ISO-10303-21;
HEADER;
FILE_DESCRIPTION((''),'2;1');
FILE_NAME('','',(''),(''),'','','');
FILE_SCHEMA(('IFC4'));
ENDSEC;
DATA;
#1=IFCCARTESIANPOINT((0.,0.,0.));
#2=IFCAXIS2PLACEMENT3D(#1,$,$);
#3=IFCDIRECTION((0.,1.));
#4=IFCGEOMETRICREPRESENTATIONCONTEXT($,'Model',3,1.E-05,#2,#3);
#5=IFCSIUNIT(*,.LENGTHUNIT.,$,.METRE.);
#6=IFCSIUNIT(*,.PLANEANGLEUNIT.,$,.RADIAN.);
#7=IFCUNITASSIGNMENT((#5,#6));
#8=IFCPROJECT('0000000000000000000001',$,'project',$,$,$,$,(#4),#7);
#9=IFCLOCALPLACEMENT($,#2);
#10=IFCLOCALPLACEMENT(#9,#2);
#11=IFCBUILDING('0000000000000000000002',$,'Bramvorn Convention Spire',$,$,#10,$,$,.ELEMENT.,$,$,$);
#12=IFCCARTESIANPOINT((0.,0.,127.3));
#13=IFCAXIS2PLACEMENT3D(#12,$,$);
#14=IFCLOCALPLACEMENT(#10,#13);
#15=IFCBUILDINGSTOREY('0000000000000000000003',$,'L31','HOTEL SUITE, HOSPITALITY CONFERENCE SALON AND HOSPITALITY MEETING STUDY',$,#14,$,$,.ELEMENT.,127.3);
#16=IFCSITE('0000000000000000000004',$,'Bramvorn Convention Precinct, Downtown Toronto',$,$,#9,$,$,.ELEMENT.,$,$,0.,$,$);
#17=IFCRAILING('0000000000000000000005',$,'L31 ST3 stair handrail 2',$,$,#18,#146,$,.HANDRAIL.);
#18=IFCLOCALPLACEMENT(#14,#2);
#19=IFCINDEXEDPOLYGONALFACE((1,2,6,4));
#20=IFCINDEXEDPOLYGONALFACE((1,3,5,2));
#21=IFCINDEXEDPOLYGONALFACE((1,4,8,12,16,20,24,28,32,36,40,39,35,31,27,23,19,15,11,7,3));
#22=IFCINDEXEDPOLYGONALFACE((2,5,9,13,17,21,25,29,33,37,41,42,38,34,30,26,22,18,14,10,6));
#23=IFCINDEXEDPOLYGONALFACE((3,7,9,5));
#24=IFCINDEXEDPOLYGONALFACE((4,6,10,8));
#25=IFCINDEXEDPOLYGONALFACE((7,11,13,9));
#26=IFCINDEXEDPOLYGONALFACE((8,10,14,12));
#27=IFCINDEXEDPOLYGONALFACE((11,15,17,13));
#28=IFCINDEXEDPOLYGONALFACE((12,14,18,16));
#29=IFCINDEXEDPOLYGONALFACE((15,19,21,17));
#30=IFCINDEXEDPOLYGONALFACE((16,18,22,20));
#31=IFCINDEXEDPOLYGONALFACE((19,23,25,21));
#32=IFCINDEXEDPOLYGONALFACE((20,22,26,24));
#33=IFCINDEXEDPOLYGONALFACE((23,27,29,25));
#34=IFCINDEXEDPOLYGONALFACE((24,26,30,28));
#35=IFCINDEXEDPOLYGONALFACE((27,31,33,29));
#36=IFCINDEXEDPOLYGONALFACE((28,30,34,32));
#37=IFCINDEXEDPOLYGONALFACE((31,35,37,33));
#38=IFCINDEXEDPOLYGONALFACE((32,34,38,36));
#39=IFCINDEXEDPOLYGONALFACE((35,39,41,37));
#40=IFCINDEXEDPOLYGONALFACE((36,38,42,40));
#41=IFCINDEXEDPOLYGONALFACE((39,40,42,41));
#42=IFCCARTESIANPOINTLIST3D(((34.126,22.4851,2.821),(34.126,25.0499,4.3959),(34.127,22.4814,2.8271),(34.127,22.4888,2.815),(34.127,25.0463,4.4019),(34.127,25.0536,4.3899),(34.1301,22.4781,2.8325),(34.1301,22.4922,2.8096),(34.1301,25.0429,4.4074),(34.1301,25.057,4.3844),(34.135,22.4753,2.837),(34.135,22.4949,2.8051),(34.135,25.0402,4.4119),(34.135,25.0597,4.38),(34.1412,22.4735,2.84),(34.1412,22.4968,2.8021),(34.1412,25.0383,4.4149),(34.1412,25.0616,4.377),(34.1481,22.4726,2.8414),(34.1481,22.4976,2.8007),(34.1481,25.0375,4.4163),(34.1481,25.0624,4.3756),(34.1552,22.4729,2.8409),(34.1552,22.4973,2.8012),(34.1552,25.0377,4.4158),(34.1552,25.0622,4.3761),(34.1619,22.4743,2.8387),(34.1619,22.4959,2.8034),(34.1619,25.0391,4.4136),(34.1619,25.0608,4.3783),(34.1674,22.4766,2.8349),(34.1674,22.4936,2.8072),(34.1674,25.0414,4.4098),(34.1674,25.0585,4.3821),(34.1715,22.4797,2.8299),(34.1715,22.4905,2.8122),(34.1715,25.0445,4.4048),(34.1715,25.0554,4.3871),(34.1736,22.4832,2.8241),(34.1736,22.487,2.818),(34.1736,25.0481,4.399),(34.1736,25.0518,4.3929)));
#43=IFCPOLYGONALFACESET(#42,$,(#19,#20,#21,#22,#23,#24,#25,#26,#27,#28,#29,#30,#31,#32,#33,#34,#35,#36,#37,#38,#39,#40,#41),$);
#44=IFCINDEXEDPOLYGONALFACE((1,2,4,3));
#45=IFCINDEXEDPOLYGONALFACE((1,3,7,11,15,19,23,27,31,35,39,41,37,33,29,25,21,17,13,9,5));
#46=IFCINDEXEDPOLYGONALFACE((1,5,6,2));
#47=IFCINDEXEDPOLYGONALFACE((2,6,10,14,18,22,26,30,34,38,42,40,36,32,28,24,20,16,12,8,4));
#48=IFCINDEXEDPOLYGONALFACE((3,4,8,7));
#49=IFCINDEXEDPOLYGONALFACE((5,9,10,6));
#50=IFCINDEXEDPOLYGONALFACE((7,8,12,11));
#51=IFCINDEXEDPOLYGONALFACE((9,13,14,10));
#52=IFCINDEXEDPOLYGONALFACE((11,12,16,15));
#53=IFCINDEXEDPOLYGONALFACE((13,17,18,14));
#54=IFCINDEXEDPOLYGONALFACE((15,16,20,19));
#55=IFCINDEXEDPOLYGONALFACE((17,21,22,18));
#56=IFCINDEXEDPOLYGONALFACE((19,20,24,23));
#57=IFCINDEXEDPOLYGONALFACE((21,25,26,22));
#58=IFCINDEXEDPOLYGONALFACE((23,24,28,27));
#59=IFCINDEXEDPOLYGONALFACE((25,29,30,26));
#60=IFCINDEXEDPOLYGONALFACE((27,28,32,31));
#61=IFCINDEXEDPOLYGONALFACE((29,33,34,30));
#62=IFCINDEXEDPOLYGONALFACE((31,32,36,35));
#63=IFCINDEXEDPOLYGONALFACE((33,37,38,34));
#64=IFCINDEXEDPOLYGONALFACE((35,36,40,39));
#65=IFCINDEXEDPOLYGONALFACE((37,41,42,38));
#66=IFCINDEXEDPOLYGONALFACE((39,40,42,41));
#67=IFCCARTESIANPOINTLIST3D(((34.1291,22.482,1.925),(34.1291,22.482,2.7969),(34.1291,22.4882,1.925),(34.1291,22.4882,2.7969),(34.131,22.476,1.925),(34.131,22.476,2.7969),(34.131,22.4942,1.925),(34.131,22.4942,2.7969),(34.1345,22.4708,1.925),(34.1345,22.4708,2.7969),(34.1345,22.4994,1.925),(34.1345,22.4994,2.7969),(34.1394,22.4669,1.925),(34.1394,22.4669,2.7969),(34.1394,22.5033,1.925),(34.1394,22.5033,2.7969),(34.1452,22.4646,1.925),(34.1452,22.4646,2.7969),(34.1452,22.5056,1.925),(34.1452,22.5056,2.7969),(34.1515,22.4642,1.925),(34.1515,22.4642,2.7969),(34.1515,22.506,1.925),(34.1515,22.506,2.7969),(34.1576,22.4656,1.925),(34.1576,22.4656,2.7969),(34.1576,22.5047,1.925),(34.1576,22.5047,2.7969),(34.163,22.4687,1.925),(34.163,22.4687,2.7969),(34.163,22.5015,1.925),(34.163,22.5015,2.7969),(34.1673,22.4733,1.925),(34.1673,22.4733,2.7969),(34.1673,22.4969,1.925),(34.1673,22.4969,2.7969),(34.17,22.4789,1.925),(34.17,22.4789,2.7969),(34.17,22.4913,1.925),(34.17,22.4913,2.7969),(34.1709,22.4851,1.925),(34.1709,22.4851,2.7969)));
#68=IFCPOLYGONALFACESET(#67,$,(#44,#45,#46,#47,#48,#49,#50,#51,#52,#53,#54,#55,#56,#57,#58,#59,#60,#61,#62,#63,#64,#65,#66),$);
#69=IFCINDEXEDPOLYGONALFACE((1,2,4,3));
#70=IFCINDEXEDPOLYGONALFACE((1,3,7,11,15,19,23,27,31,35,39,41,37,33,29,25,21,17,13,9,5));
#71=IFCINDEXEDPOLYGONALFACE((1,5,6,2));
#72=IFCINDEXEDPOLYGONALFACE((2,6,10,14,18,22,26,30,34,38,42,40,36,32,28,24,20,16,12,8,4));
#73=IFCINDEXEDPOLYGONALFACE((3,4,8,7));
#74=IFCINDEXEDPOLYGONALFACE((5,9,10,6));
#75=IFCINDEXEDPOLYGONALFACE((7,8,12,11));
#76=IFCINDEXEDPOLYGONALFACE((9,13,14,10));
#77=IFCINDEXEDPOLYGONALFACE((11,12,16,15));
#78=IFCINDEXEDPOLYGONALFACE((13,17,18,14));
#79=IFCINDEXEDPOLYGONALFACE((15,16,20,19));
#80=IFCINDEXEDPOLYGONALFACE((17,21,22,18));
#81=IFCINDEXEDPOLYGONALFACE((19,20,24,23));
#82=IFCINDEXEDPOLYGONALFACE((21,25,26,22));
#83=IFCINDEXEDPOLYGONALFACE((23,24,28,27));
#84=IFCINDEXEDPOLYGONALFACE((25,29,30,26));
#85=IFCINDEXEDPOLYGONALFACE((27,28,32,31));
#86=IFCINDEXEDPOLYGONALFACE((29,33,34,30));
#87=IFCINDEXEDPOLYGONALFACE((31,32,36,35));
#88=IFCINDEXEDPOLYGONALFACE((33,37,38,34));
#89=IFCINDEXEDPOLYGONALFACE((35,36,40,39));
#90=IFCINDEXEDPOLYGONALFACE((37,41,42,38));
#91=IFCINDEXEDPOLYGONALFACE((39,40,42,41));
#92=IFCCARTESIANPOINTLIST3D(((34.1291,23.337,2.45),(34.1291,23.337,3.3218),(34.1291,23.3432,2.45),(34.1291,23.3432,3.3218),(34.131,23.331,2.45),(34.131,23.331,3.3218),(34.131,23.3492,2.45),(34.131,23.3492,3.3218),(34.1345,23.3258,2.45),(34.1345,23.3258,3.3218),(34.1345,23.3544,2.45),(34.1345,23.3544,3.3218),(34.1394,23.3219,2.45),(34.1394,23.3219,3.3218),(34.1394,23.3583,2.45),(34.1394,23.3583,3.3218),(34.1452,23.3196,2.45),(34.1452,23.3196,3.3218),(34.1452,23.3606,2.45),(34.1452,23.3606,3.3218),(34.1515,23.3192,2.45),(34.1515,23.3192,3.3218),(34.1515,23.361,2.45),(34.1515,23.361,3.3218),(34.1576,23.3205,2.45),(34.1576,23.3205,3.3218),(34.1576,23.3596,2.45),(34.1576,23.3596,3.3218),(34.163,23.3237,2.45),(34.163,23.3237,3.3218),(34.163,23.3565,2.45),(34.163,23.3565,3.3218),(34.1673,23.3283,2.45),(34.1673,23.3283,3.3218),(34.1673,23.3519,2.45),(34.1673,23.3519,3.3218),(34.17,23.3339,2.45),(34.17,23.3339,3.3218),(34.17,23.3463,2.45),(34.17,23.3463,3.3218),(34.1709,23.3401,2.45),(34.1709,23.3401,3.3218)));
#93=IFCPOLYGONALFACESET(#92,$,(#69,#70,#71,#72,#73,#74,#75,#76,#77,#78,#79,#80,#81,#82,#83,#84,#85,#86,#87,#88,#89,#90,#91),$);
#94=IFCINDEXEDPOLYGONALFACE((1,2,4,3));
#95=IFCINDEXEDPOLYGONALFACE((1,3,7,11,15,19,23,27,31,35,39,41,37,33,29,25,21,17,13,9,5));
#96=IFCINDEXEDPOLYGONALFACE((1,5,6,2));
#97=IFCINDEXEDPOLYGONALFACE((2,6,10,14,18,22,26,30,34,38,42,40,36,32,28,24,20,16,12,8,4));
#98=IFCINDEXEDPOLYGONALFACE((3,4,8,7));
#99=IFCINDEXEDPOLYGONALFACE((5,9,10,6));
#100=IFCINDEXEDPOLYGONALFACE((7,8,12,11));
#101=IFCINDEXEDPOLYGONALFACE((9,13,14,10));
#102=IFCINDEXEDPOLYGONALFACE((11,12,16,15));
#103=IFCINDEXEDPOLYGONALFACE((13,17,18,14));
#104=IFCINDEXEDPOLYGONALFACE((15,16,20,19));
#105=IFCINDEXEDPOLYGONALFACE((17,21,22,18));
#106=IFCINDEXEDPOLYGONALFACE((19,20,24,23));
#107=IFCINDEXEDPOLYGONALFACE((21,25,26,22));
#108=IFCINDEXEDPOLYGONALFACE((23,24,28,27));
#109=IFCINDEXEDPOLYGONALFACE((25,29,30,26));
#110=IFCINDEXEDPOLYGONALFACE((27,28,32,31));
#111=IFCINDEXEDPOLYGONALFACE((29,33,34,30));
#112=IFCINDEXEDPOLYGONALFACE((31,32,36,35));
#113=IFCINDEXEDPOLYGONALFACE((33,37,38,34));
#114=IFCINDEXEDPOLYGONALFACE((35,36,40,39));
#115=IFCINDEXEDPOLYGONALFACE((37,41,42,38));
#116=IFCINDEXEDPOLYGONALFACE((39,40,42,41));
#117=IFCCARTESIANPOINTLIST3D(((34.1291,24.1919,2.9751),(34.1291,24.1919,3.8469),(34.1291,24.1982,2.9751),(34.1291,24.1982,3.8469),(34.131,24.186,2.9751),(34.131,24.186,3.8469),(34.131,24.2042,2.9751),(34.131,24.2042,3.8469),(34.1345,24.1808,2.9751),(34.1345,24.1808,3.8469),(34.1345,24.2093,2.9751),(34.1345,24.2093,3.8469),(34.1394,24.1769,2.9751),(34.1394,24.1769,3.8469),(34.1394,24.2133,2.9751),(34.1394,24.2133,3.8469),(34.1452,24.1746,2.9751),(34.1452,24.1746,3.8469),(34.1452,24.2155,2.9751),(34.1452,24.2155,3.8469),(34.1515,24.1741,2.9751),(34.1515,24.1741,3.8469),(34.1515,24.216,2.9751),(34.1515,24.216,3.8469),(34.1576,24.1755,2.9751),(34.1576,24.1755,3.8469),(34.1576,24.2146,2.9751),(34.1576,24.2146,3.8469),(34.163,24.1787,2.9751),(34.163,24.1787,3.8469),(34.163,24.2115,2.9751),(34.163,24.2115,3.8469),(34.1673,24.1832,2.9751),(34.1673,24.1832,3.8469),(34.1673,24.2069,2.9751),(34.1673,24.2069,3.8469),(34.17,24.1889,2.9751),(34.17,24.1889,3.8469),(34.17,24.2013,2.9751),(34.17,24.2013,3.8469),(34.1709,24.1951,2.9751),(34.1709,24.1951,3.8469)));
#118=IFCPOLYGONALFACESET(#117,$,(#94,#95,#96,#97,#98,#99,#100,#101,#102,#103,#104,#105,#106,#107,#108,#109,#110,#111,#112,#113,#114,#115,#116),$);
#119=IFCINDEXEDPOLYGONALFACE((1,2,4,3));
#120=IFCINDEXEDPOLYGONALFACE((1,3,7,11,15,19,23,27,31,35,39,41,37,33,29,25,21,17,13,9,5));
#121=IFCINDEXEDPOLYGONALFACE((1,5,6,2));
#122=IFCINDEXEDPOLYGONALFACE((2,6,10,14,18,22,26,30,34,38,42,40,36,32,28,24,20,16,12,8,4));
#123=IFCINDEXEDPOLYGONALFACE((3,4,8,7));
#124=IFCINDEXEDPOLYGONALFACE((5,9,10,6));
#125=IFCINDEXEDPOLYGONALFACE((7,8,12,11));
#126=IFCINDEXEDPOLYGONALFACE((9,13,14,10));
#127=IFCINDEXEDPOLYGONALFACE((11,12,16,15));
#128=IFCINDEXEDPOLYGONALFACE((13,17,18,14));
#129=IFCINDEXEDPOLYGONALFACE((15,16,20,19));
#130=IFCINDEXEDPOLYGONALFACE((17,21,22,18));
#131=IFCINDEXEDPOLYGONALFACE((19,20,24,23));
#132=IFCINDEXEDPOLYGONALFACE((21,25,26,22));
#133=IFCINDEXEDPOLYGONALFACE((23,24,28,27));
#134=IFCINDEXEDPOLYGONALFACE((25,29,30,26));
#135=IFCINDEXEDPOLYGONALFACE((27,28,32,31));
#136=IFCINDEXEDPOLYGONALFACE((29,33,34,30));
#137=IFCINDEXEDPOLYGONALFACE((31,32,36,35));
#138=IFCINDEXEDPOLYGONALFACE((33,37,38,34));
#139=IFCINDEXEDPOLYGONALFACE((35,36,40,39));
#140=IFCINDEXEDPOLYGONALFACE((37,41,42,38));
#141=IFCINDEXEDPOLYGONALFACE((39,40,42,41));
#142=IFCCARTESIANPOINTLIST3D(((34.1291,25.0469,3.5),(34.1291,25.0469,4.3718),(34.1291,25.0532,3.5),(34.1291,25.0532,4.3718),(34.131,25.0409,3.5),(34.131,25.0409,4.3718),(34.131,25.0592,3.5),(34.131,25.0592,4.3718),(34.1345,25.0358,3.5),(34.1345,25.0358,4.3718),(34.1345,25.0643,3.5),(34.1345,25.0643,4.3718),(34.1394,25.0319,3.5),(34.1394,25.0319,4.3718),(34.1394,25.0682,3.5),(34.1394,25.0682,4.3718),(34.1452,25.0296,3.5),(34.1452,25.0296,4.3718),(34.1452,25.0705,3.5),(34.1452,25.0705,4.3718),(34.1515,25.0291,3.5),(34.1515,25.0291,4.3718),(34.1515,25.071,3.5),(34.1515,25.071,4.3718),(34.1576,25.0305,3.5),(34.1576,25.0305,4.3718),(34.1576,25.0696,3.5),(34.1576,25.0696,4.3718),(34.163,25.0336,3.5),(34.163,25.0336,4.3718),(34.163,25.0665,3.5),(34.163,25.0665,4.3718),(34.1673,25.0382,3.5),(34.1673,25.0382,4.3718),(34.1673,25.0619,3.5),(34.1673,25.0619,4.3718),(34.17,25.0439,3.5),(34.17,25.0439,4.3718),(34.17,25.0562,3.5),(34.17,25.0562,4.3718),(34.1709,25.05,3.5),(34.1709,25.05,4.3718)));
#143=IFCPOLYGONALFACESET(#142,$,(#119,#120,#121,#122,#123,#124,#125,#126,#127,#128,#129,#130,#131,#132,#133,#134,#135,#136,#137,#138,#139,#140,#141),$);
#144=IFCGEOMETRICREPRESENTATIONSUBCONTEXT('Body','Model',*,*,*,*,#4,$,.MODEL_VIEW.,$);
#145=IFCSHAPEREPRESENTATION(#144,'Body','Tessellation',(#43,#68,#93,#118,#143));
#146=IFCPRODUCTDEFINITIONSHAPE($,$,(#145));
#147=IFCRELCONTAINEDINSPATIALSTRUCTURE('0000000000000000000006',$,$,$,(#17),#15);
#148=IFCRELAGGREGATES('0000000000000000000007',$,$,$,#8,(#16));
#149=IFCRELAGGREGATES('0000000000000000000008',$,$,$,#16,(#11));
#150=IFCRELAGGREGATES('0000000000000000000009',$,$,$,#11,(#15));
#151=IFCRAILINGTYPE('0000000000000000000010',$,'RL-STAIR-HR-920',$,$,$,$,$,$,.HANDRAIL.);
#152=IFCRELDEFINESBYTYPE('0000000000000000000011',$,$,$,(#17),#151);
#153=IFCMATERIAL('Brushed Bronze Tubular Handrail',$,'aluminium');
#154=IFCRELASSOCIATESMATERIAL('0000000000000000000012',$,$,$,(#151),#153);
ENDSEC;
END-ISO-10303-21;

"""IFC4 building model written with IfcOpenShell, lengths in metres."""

from ifc_helpers import new_model, si_unit, direction, frame, origin, origin_2d, place, context, subcontext, project, spatial, circle, extrude, material, type_object, element, save


model = new_model("IFC4")

# Units and contexts
model_context = context("Model", 3, precision=1e-05, world=origin(), true_north=direction((0.0, 1.0)))
body_context = subcontext(model_context, "Body", "Model", "MODEL_VIEW")
ifc_project = project(units=[si_unit("LENGTHUNIT", "METRE"), si_unit("PLANEANGLEUNIT", "RADIAN")], contexts=[model_context])

# Site, building, storey
site_placement = place(None, origin())
site = spatial("IfcSite", under=ifc_project, at=site_placement, Name="Bramvorn Convention Precinct, Downtown Toronto", CompositionType="ELEMENT", RefElevation=0.0)
building_placement = place(site_placement, origin())
building = spatial("IfcBuilding", under=site, at=building_placement, Name="Bramvorn Convention Spire", CompositionType="ELEMENT")
storey_placement = place(building_placement, frame((0.0, 0.0, 127.3)))
storey = spatial("IfcBuildingStorey", under=building, at=storey_placement, Name="L31", Description="HOTEL SUITE, HOSPITALITY CONFERENCE SALON AND HOSPITALITY MEETING STUDY", CompositionType="ELEMENT", Elevation=127.3)

# Railing
ifc_material_1 = material(Name="Brushed Bronze Tubular Handrail", Category="aluminium")
railing_type_1 = type_object("IfcRailingType", Name="RL-STAIR-HR-920", PredefinedType="HANDRAIL", material=ifc_material_1)
railing_1_placement = place(storey_placement, frame((34.1499, 22.4851, 1.925)))
element("IfcRailing", 1, at=railing_1_placement, inside=storey, type_object=railing_type_1, Name="L31 ST3 stair handrail 2", PredefinedType="HANDRAIL", context=body_context, shape_type="SweptSolid", body=[
    extrude(circle(Radius=0.0239, at=origin_2d()), frame((0.0, 0.0, 0.896), z_axis=(0.0, 0.852173, 0.52326), x_axis=(-1.0, 0.0, 0.0)), (0.0, 0.0, 1.0), 3.0098),
    extrude(circle(Radius=0.021, at=origin_2d()), origin(), (0.0, 0.0, 1.0), 0.8718),
    extrude(circle(Radius=0.021, at=origin_2d()), frame((0.0, 0.855, 0.5249)), (0.0, 0.0, 1.0), 0.8718),
    extrude(circle(Radius=0.021, at=origin_2d()), frame((0.0, 1.71, 1.05)), (0.0, 0.0, 1.0), 0.8718),
    extrude(circle(Radius=0.021, at=origin_2d()), frame((0.0, 2.5649, 1.575)), (0.0, 0.0, 1.0), 0.8718),
])

save(model, "model.ifc")
